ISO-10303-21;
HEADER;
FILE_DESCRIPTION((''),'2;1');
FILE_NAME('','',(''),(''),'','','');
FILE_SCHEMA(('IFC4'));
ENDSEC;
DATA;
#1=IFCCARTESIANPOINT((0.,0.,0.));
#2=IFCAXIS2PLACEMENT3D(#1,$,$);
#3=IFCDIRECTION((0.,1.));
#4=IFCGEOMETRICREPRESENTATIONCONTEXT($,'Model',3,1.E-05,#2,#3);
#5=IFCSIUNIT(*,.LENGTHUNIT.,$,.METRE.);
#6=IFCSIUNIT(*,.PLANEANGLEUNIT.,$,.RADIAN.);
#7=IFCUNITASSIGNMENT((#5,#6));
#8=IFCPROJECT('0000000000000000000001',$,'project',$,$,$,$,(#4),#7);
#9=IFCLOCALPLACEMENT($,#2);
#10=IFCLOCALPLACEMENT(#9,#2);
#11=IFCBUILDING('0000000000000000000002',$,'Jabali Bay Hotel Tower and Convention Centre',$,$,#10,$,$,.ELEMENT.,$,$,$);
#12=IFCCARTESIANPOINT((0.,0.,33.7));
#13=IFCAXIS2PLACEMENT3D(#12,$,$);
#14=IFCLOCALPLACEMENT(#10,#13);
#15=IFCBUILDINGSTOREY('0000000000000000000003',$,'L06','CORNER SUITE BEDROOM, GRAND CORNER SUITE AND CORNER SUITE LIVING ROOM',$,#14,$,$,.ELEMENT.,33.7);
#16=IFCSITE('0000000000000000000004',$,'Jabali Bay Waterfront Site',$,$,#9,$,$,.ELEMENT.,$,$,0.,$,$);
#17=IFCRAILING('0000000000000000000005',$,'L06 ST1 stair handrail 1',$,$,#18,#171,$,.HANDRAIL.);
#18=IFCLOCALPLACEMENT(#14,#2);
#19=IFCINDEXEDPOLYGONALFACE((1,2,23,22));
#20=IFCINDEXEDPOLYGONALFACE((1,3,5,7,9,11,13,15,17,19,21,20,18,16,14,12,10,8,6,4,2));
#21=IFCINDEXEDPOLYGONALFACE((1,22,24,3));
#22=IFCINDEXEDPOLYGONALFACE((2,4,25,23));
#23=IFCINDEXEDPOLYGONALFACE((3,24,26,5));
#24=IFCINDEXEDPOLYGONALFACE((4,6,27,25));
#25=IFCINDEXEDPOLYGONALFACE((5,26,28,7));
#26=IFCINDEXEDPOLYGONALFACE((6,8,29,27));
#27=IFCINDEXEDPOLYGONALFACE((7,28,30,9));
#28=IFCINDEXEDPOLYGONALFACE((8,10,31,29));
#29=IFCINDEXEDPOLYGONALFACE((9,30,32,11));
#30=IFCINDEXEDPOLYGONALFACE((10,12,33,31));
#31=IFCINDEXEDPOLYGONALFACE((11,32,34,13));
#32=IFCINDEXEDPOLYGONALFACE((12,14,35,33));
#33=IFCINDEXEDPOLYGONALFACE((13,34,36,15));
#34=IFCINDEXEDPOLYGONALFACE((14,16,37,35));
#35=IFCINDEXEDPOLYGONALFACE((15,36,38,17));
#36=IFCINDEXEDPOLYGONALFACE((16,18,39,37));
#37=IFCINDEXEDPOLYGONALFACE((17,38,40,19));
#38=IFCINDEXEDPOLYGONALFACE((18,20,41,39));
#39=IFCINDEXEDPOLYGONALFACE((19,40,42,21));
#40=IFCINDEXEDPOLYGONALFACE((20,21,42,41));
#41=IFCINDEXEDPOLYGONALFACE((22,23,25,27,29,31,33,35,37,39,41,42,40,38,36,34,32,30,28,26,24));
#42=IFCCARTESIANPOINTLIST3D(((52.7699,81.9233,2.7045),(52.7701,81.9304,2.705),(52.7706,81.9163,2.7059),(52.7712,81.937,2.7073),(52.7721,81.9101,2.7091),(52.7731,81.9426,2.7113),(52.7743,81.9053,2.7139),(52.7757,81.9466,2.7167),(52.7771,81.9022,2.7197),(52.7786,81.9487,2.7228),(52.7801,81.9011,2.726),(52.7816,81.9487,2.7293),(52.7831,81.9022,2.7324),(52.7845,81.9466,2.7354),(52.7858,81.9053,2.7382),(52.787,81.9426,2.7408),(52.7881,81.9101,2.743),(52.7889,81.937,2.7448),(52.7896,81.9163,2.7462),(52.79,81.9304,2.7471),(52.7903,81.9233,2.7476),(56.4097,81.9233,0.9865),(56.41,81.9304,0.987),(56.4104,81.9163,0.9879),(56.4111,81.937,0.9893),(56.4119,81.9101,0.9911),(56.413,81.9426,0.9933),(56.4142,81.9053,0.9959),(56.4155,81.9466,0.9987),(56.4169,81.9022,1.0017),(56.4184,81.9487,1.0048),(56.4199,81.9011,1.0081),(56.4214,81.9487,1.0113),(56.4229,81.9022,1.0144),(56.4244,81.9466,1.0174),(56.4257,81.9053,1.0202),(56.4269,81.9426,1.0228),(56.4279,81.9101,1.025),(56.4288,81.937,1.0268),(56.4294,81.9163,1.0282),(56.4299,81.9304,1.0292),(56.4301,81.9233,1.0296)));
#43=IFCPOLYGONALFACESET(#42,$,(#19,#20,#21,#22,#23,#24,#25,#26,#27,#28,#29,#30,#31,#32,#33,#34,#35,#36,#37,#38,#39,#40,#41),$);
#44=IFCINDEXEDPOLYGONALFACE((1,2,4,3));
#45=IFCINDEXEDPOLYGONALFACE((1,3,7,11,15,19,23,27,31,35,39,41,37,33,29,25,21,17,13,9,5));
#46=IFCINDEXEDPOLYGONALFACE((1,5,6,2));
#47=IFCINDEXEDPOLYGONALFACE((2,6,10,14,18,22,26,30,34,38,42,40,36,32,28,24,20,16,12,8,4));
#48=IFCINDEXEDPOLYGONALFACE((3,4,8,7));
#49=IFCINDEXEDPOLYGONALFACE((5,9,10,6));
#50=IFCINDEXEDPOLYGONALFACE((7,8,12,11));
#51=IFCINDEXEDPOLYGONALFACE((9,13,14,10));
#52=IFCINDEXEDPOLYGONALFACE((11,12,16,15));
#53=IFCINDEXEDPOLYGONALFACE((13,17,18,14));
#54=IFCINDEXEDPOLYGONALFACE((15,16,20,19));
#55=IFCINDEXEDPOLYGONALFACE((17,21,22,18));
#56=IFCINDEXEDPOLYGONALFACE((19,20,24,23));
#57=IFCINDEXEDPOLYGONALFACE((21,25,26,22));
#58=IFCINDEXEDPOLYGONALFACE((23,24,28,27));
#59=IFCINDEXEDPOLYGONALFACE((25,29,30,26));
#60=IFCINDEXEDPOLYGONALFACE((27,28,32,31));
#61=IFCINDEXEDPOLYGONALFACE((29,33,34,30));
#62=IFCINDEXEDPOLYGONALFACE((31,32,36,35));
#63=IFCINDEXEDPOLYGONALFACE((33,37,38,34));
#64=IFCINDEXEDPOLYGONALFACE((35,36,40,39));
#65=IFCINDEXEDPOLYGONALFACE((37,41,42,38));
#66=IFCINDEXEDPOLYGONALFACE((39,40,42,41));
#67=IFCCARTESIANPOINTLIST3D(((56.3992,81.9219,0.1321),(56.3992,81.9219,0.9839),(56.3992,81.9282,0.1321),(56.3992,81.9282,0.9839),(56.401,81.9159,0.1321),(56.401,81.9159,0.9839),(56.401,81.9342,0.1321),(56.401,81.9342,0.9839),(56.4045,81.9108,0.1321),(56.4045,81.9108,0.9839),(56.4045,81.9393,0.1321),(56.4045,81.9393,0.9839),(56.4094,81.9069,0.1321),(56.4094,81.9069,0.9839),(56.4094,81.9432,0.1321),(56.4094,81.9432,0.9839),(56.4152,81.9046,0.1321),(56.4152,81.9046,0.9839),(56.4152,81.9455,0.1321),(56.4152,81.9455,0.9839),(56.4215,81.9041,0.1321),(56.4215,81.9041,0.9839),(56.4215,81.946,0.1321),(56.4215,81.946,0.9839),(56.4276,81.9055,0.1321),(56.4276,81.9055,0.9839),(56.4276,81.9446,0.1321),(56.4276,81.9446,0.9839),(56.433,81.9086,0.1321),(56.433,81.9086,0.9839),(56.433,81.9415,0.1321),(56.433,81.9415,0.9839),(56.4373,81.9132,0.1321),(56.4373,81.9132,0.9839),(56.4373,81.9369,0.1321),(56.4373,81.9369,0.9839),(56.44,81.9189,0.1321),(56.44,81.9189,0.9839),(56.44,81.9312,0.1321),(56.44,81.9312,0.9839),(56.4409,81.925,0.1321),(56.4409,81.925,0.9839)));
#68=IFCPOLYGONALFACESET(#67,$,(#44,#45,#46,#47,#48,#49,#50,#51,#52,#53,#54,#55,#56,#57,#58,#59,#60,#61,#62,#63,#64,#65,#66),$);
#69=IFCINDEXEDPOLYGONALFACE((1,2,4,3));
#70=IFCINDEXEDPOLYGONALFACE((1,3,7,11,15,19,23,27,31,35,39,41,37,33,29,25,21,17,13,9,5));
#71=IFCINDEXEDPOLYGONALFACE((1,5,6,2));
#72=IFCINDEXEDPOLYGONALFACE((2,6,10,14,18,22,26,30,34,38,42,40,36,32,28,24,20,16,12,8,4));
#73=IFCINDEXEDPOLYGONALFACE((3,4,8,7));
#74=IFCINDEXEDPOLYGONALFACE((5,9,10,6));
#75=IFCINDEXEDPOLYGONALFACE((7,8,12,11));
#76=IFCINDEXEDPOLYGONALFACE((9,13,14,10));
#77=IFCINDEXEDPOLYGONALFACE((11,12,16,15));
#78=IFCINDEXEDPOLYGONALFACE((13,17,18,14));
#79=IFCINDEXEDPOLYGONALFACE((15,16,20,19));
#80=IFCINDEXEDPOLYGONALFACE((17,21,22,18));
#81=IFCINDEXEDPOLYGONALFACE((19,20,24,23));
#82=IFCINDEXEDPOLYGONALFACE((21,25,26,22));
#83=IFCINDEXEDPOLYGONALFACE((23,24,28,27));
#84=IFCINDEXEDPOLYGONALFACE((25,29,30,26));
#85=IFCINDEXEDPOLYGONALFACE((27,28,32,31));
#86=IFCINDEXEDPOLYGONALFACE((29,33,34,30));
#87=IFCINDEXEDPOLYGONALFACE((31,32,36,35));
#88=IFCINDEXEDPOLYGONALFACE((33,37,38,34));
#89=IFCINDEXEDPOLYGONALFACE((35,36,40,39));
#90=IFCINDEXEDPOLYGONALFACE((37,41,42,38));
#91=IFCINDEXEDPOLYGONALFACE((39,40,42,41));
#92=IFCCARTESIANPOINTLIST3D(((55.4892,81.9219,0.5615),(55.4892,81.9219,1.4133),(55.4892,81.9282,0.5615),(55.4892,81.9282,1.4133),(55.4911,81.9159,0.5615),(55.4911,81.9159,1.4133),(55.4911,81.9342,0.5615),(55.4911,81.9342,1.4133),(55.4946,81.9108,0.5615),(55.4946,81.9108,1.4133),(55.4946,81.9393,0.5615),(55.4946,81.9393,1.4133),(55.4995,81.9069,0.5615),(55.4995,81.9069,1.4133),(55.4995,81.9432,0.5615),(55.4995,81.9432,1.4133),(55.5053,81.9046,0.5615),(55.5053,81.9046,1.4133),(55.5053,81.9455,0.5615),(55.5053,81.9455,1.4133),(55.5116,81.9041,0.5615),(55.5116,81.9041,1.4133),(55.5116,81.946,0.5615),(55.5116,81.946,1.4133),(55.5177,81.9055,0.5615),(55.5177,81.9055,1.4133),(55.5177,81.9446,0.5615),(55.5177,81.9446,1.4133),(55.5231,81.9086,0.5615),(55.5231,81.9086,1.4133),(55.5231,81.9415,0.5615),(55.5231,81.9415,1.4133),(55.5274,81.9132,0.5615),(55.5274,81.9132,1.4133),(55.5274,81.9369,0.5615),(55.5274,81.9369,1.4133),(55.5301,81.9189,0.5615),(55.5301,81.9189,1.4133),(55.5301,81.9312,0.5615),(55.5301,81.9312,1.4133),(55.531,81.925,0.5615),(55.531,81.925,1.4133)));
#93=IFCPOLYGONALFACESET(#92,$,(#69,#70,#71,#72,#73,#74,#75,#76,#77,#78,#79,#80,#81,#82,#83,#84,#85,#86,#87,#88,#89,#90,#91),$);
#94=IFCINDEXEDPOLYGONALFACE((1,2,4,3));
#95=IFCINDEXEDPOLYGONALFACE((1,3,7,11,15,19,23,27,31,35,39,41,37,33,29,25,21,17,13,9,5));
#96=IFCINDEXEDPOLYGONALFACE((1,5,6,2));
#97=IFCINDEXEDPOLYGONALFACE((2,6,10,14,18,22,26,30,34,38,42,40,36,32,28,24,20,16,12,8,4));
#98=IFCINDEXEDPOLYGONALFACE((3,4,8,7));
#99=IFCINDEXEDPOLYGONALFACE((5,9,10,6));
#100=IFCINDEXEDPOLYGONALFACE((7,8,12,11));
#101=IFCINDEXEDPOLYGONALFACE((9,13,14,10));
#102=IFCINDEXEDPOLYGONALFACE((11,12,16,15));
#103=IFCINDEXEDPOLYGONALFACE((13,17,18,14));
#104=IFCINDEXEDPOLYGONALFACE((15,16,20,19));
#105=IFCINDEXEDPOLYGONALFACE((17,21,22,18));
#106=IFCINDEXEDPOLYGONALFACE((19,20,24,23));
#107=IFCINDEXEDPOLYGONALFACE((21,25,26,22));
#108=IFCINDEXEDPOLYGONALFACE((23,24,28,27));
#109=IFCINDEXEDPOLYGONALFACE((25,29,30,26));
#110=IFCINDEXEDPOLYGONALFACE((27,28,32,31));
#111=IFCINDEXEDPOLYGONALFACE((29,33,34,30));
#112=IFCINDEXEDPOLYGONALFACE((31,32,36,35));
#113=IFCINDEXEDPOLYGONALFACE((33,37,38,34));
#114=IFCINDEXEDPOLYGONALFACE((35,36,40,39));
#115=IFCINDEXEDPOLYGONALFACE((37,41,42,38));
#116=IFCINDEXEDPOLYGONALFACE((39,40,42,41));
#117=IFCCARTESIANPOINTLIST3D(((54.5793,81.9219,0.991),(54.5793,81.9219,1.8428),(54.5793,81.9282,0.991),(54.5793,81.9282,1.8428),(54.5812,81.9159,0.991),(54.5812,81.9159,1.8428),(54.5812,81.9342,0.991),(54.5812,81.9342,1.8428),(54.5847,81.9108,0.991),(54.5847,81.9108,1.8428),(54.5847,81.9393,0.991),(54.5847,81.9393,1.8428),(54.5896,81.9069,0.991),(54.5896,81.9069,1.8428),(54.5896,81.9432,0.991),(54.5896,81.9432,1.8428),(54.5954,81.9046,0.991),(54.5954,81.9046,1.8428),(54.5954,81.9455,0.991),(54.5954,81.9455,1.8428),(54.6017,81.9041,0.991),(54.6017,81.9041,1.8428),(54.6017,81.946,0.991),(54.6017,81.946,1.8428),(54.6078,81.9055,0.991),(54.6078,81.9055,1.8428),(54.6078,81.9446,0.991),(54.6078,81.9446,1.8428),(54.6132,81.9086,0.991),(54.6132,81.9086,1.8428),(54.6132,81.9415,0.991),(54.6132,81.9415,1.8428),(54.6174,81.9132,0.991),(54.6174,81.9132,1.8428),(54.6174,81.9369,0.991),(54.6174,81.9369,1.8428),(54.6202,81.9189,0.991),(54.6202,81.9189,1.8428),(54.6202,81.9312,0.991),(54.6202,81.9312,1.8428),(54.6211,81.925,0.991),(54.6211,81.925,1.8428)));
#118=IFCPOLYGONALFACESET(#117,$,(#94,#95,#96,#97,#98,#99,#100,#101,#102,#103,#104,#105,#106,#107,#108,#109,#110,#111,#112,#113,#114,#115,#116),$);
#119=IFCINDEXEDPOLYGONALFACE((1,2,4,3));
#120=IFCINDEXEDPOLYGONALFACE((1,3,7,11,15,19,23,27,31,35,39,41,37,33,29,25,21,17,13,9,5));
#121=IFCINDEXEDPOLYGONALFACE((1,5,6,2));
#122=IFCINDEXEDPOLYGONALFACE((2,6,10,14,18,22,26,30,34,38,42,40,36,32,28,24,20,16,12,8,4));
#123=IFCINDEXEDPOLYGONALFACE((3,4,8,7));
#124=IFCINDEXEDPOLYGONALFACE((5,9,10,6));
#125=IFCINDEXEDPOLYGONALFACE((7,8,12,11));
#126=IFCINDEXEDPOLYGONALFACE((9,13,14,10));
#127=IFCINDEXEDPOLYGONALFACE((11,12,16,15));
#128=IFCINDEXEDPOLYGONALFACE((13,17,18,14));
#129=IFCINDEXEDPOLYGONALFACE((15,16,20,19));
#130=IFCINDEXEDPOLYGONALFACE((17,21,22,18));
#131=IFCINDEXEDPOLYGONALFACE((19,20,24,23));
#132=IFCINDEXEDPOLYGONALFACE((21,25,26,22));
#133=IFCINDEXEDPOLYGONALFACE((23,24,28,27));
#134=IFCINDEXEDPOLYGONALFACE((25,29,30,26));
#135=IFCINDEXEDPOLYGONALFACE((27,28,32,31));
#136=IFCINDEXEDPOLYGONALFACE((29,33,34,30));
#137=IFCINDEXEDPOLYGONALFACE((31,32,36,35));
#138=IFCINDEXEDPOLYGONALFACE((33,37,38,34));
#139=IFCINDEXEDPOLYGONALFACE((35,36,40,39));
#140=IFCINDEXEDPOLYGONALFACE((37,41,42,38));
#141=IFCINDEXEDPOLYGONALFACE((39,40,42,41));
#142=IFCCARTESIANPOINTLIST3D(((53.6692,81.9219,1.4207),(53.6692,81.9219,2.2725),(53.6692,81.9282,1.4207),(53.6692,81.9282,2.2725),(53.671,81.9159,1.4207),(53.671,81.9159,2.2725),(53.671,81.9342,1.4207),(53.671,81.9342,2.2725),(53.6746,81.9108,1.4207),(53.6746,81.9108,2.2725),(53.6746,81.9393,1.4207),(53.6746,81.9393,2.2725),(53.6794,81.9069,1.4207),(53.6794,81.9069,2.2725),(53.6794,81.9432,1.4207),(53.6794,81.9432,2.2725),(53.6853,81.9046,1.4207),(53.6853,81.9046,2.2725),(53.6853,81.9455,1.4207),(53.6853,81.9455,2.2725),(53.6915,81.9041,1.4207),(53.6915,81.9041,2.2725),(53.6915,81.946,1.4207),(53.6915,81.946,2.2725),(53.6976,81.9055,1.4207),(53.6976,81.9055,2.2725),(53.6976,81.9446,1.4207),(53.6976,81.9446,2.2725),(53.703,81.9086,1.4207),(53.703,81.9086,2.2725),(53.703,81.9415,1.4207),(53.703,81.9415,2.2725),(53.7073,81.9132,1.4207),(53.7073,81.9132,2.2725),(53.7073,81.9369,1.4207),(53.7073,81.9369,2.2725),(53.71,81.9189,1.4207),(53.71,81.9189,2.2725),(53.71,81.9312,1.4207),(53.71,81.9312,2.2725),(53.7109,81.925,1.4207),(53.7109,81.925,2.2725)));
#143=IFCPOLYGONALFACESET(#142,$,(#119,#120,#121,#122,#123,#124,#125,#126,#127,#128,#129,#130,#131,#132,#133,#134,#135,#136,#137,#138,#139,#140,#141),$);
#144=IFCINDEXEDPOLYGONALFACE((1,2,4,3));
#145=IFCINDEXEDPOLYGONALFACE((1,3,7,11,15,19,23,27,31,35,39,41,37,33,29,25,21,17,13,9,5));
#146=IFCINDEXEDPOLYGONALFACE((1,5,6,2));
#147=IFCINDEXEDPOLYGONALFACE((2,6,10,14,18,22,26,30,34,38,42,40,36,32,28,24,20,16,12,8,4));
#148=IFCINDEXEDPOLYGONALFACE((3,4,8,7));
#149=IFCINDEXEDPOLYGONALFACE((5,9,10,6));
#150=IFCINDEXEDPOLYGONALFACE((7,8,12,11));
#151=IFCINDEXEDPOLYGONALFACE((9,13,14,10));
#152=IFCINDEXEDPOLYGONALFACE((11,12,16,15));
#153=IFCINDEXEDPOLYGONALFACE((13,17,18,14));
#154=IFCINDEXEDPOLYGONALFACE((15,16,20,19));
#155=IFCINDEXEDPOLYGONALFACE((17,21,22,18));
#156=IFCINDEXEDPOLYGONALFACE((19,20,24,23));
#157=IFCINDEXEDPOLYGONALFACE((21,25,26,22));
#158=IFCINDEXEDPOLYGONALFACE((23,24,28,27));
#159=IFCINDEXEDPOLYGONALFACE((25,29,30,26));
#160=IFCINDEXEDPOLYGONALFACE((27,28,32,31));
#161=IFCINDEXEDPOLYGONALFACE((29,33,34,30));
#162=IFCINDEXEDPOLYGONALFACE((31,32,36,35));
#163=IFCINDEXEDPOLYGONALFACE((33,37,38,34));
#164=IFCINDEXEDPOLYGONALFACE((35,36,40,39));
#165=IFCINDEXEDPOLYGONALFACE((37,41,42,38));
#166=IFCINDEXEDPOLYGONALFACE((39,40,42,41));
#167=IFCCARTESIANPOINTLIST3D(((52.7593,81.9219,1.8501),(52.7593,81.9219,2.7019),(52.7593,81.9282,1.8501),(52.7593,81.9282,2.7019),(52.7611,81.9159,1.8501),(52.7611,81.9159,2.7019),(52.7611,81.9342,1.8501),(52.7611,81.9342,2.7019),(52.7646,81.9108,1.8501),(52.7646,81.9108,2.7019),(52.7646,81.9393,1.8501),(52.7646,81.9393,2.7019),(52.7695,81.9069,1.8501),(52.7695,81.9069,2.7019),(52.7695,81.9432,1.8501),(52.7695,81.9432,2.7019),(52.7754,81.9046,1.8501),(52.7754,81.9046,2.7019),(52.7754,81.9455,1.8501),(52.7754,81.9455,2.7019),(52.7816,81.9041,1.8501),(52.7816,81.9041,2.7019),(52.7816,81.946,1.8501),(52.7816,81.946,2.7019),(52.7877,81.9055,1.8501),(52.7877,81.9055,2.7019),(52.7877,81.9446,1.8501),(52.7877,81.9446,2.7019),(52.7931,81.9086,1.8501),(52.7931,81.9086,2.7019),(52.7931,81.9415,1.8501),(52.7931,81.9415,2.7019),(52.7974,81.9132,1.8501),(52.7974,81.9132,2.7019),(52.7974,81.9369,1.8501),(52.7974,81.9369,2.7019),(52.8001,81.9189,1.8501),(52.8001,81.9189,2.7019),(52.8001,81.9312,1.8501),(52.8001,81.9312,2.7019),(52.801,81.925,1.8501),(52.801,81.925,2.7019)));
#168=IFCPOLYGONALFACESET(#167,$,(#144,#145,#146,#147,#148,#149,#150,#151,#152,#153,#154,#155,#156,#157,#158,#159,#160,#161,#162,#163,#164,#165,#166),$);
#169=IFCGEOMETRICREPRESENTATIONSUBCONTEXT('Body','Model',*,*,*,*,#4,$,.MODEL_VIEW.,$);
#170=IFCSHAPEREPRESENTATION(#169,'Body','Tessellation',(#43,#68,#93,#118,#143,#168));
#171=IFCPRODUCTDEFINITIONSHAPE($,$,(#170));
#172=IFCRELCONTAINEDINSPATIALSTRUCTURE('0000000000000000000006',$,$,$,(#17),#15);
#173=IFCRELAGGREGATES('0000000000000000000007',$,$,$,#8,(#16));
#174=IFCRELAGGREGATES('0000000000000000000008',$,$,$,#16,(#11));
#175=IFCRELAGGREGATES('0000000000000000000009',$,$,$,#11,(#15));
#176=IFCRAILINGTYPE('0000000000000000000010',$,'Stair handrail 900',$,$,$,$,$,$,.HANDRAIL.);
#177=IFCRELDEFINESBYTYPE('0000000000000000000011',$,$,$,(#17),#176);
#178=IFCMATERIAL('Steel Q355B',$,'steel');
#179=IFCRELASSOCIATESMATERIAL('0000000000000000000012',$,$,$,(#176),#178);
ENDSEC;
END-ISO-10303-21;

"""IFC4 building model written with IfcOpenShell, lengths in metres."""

from ifc_helpers import new_model, si_unit, direction, frame, origin, origin_2d, place, context, subcontext, project, spatial, circle, extrude, material, type_object, element, save


model = new_model("IFC4")

# Units and contexts
model_context = context("Model", 3, precision=1e-05, world=origin(), true_north=direction((0.0, 1.0)))
body_context = subcontext(model_context, "Body", "Model", "MODEL_VIEW")
ifc_project = project(units=[si_unit("LENGTHUNIT", "METRE"), si_unit("PLANEANGLEUNIT", "RADIAN")], contexts=[model_context])

# Site, building, storey
site_placement = place(None, origin())
site = spatial("IfcSite", under=ifc_project, at=site_placement, Name="Jabali Bay Waterfront Site", CompositionType="ELEMENT", RefElevation=0.0)
building_placement = place(site_placement, origin())
building = spatial("IfcBuilding", under=site, at=building_placement, Name="Jabali Bay Hotel Tower and Convention Centre", CompositionType="ELEMENT")
storey_placement = place(building_placement, frame((0.0, 0.0, 33.7)))
storey = spatial("IfcBuildingStorey", under=building, at=storey_placement, Name="L06", Description="CORNER SUITE BEDROOM, GRAND CORNER SUITE AND CORNER SUITE LIVING ROOM", CompositionType="ELEMENT", Elevation=33.7)

# Railing
ifc_material_1 = material(Name="Steel Q355B", Category="steel")
railing_type_1 = type_object("IfcRailingType", Name="Stair handrail 900", PredefinedType="HANDRAIL", material=ifc_material_1)
railing_1_placement = place(storey_placement, frame((56.4199, 81.925, 0.1321)))
element("IfcRailing", 1, at=railing_1_placement, inside=storey, type_object=railing_type_1, Name="L06 ST1 stair handrail 1", PredefinedType="HANDRAIL", context=body_context, shape_type="SweptSolid", body=[
    extrude(circle(Radius=0.0239, at=origin_2d()), frame((0.0, 0.0, 0.876), z_axis=(-0.904327, 0.0, 0.42684), x_axis=(0.0, -1.0, 0.0)), (0.0, 0.0, 1.0), 4.0249),
    extrude(circle(Radius=0.021, at=origin_2d()), origin(), (0.0, 0.0, 1.0), 0.8518),
    extrude(circle(Radius=0.021, at=origin_2d()), frame((-0.9099, 0.0, 0.4294)), (0.0, 0.0, 1.0), 0.8518),
    extrude(circle(Radius=0.021, at=origin_2d()), frame((-1.8198, 0.0, 0.8589)), (0.0, 0.0, 1.0), 0.8518),
    extrude(circle(Radius=0.021, at=origin_2d()), frame((-2.73, 0.0, 1.2886)), (0.0, 0.0, 1.0), 0.8518),
    extrude(circle(Radius=0.021, at=origin_2d()), frame((-3.6399, 0.0, 1.718)), (0.0, 0.0, 1.0), 0.8518),
])

save(model, "model.ifc")
